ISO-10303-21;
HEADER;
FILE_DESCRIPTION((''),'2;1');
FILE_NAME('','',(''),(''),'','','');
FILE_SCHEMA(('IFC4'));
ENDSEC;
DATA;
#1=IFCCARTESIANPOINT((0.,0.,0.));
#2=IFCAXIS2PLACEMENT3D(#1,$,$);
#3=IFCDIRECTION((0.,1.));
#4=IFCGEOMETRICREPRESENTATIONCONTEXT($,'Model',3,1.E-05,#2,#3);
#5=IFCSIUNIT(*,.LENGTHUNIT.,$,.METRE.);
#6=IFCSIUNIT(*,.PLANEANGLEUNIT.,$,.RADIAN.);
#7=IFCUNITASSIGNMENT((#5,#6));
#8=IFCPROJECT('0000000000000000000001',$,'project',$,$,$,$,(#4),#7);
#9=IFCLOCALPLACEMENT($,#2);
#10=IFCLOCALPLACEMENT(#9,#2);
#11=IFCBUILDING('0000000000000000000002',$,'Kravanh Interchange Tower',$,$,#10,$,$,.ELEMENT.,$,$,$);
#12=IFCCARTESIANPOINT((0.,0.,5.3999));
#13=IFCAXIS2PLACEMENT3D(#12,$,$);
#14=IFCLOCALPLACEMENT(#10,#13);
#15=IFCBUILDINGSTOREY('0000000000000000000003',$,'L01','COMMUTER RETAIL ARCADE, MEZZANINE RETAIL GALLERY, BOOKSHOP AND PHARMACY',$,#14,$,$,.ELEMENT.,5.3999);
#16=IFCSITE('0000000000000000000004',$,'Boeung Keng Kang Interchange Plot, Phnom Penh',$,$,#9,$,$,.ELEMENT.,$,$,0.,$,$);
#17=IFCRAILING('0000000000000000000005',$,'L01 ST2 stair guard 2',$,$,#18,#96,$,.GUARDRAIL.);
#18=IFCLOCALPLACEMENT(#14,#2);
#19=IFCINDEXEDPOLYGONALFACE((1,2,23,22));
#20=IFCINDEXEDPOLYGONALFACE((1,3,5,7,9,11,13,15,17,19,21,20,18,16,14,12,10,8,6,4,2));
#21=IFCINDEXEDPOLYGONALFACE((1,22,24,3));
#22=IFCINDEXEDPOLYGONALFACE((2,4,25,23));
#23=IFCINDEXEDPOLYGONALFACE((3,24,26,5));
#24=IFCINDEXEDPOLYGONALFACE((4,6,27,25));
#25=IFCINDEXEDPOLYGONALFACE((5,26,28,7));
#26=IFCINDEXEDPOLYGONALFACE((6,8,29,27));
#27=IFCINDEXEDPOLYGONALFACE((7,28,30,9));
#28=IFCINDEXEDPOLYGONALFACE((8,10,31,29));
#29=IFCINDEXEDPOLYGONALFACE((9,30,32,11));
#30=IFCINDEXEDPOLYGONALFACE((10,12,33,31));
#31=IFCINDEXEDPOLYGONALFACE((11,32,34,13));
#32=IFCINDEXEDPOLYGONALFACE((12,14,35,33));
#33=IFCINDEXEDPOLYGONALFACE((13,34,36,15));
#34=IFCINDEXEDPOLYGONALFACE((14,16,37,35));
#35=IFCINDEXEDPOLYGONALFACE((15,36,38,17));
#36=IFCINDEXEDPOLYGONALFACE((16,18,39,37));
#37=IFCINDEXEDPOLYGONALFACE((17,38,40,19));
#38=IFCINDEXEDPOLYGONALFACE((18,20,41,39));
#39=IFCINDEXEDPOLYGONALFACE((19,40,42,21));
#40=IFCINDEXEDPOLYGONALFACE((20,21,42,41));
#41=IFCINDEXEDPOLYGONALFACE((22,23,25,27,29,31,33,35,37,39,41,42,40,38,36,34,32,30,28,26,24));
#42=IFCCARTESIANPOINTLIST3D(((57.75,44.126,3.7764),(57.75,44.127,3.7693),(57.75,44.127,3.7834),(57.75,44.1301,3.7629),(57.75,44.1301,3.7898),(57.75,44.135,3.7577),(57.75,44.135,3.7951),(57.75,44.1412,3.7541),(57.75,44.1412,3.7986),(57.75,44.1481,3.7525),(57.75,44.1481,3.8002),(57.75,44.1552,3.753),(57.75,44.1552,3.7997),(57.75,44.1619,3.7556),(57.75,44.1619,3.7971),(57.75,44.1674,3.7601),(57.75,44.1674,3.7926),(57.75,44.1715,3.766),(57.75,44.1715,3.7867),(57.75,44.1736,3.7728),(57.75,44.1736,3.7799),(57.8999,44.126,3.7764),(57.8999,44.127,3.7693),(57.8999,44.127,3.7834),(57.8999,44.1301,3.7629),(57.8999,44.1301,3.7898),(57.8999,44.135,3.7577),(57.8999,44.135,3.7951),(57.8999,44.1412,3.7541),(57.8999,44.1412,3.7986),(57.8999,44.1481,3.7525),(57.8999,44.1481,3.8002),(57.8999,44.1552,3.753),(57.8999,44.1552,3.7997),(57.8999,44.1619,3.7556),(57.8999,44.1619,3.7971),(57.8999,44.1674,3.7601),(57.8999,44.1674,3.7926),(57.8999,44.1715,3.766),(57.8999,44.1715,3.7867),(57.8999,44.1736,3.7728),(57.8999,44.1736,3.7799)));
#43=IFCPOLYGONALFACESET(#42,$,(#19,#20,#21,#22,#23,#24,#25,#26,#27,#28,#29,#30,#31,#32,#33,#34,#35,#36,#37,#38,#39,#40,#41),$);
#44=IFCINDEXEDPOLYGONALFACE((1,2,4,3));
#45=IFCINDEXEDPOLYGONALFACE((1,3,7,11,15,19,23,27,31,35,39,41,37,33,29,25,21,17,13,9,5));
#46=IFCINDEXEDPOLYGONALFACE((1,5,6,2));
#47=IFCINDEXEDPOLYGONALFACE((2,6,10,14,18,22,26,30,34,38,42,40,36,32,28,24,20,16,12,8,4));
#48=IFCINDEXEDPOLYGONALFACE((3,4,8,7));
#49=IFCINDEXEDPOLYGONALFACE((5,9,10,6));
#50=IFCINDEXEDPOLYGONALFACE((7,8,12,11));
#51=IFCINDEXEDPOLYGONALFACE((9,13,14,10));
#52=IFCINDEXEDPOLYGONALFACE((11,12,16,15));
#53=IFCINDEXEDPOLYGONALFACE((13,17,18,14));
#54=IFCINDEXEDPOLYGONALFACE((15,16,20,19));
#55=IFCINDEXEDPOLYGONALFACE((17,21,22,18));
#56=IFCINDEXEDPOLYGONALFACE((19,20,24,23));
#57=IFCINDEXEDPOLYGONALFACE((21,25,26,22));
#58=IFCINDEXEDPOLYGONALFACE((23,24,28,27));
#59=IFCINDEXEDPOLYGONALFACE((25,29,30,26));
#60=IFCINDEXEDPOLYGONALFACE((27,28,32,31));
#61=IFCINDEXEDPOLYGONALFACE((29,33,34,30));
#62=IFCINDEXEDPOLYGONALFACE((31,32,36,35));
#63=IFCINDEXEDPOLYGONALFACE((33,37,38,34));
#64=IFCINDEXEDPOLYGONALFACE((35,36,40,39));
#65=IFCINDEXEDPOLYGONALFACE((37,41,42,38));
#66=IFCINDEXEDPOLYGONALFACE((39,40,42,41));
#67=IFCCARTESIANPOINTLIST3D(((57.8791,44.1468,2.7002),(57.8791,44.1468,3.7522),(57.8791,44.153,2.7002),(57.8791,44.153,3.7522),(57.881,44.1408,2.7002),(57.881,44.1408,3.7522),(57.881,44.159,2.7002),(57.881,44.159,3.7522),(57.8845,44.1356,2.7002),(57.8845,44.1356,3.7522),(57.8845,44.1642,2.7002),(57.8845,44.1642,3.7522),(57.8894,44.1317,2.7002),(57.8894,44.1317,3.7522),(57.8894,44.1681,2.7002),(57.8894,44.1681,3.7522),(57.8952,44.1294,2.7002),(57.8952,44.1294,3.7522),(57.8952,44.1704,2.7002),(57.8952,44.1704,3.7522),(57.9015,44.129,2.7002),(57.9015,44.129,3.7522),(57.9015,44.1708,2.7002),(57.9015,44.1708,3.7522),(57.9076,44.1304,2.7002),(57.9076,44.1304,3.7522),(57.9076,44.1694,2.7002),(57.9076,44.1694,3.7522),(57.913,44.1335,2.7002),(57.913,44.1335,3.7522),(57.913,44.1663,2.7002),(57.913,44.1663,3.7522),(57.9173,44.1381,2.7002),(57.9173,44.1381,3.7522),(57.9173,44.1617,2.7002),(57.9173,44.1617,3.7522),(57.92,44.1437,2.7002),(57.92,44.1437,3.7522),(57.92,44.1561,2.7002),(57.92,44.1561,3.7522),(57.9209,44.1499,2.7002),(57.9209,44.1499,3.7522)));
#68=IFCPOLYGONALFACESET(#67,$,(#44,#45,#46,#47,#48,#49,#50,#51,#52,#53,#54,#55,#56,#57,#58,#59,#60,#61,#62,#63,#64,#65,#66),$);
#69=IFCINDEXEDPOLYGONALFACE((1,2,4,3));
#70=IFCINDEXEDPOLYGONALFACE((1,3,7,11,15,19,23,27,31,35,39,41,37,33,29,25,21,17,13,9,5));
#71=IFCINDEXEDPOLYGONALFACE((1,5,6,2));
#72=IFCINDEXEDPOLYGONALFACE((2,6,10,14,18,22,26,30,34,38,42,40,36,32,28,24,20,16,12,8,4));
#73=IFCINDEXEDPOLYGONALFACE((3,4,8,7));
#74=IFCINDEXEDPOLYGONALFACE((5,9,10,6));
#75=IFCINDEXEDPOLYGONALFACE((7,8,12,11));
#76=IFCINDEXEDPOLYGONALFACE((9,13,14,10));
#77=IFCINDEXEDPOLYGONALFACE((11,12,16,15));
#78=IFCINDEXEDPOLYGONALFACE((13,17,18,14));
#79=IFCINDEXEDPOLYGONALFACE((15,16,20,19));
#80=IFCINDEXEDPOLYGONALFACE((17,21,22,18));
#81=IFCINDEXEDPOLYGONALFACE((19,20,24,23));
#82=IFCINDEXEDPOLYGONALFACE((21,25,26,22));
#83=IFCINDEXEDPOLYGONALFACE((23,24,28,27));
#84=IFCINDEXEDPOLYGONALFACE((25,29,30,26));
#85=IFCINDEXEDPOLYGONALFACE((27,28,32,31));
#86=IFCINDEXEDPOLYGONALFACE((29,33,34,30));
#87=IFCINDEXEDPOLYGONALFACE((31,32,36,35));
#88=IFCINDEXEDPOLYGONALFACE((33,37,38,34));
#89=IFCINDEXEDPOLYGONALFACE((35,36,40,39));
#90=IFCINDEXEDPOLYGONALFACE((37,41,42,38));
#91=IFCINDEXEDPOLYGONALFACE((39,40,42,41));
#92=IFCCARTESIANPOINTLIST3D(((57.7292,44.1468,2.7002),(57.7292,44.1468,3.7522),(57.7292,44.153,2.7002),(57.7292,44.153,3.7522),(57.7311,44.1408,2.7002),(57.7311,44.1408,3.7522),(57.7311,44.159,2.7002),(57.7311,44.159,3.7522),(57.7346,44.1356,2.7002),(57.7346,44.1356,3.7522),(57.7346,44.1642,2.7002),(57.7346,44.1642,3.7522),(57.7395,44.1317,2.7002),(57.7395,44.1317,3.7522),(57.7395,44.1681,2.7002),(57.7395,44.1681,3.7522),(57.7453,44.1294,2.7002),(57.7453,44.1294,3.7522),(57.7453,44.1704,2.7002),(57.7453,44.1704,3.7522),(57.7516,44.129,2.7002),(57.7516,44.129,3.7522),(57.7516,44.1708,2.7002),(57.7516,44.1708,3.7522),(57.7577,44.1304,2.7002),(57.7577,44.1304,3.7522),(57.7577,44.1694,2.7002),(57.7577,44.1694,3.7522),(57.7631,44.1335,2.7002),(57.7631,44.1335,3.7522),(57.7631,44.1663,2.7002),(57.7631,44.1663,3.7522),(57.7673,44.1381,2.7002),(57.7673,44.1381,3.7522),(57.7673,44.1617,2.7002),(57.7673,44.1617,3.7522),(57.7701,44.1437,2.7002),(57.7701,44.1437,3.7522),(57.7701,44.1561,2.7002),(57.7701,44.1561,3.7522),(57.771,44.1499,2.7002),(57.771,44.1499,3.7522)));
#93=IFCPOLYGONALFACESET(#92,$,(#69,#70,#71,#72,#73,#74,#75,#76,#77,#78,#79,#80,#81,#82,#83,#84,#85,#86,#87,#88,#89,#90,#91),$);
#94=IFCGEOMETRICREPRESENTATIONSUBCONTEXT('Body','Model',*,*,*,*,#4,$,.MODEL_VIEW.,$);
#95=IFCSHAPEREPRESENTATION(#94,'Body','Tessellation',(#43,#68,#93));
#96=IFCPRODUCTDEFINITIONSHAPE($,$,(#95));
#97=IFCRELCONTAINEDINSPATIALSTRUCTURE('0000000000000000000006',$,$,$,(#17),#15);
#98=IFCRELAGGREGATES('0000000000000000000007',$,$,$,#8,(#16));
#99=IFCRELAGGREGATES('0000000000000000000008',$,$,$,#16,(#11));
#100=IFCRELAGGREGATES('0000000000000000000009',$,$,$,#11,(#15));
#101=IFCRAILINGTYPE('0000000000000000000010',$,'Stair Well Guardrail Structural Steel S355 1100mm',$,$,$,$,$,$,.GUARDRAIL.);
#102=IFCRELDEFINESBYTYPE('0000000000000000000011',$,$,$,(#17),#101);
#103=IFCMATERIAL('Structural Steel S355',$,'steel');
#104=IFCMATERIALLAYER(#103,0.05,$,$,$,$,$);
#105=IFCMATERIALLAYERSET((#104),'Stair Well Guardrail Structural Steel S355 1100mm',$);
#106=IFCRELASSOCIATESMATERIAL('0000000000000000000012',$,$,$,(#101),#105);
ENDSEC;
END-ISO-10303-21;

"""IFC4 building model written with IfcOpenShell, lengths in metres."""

from ifc_helpers import new_model, si_unit, direction, frame, origin, origin_2d, place, context, subcontext, project, spatial, circle, extrude, material, layer, layer_set, type_object, element, save


model = new_model("IFC4")

# Units and contexts
model_context = context("Model", 3, precision=1e-05, world=origin(), true_north=direction((0.0, 1.0)))
body_context = subcontext(model_context, "Body", "Model", "MODEL_VIEW")
ifc_project = project(units=[si_unit("LENGTHUNIT", "METRE"), si_unit("PLANEANGLEUNIT", "RADIAN")], contexts=[model_context])

# Site, building, storey
site_placement = place(None, origin())
site = spatial("IfcSite", under=ifc_project, at=site_placement, Name="Boeung Keng Kang Interchange Plot, Phnom Penh", CompositionType="ELEMENT", RefElevation=0.0)
building_placement = place(site_placement, origin())
building = spatial("IfcBuilding", under=site, at=building_placement, Name="Kravanh Interchange Tower", CompositionType="ELEMENT")
storey_placement = place(building_placement, frame((0.0, 0.0, 5.3999)))
storey = spatial("IfcBuildingStorey", under=building, at=storey_placement, Name="L01", Description="COMMUTER RETAIL ARCADE, MEZZANINE RETAIL GALLERY, BOOKSHOP AND PHARMACY", CompositionType="ELEMENT", Elevation=5.3999)

# Railing
ifc_material_1 = material(Name="Structural Steel S355", Category="steel")
ifc_layer_1 = layer(ifc_material_1, 0.05)
ifc_layer_set_1 = layer_set([ifc_layer_1], Name="Stair Well Guardrail Structural Steel S355 1100mm")
railing_type_1 = type_object("IfcRailingType", Name="Stair Well Guardrail Structural Steel S355 1100mm", PredefinedType="GUARDRAIL", material=ifc_layer_set_1)
railing_1_placement = place(storey_placement, frame((57.8999, 44.1499, 2.7002)))
element("IfcRailing", 1, at=railing_1_placement, inside=storey, type_object=railing_type_1, Name="L01 ST2 stair guard 2", PredefinedType="GUARDRAIL", context=body_context, shape_type="SweptSolid", body=[
    extrude(circle(Radius=0.0239, at=origin_2d()), frame((0.0, 0.0, 1.0762), z_axis=(-1.0, 0.0, 0.0), x_axis=(0.0, -1.0, 0.0)), (0.0, 0.0, 1.0), 0.1499),
    extrude(circle(Radius=0.021, at=origin_2d()), origin(), (0.0, 0.0, 1.0), 1.052),
    extrude(circle(Radius=0.021, at=origin_2d()), frame((-0.1499, 0.0, 0.0)), (0.0, 0.0, 1.0), 1.052),
])

save(model, "model.ifc")
